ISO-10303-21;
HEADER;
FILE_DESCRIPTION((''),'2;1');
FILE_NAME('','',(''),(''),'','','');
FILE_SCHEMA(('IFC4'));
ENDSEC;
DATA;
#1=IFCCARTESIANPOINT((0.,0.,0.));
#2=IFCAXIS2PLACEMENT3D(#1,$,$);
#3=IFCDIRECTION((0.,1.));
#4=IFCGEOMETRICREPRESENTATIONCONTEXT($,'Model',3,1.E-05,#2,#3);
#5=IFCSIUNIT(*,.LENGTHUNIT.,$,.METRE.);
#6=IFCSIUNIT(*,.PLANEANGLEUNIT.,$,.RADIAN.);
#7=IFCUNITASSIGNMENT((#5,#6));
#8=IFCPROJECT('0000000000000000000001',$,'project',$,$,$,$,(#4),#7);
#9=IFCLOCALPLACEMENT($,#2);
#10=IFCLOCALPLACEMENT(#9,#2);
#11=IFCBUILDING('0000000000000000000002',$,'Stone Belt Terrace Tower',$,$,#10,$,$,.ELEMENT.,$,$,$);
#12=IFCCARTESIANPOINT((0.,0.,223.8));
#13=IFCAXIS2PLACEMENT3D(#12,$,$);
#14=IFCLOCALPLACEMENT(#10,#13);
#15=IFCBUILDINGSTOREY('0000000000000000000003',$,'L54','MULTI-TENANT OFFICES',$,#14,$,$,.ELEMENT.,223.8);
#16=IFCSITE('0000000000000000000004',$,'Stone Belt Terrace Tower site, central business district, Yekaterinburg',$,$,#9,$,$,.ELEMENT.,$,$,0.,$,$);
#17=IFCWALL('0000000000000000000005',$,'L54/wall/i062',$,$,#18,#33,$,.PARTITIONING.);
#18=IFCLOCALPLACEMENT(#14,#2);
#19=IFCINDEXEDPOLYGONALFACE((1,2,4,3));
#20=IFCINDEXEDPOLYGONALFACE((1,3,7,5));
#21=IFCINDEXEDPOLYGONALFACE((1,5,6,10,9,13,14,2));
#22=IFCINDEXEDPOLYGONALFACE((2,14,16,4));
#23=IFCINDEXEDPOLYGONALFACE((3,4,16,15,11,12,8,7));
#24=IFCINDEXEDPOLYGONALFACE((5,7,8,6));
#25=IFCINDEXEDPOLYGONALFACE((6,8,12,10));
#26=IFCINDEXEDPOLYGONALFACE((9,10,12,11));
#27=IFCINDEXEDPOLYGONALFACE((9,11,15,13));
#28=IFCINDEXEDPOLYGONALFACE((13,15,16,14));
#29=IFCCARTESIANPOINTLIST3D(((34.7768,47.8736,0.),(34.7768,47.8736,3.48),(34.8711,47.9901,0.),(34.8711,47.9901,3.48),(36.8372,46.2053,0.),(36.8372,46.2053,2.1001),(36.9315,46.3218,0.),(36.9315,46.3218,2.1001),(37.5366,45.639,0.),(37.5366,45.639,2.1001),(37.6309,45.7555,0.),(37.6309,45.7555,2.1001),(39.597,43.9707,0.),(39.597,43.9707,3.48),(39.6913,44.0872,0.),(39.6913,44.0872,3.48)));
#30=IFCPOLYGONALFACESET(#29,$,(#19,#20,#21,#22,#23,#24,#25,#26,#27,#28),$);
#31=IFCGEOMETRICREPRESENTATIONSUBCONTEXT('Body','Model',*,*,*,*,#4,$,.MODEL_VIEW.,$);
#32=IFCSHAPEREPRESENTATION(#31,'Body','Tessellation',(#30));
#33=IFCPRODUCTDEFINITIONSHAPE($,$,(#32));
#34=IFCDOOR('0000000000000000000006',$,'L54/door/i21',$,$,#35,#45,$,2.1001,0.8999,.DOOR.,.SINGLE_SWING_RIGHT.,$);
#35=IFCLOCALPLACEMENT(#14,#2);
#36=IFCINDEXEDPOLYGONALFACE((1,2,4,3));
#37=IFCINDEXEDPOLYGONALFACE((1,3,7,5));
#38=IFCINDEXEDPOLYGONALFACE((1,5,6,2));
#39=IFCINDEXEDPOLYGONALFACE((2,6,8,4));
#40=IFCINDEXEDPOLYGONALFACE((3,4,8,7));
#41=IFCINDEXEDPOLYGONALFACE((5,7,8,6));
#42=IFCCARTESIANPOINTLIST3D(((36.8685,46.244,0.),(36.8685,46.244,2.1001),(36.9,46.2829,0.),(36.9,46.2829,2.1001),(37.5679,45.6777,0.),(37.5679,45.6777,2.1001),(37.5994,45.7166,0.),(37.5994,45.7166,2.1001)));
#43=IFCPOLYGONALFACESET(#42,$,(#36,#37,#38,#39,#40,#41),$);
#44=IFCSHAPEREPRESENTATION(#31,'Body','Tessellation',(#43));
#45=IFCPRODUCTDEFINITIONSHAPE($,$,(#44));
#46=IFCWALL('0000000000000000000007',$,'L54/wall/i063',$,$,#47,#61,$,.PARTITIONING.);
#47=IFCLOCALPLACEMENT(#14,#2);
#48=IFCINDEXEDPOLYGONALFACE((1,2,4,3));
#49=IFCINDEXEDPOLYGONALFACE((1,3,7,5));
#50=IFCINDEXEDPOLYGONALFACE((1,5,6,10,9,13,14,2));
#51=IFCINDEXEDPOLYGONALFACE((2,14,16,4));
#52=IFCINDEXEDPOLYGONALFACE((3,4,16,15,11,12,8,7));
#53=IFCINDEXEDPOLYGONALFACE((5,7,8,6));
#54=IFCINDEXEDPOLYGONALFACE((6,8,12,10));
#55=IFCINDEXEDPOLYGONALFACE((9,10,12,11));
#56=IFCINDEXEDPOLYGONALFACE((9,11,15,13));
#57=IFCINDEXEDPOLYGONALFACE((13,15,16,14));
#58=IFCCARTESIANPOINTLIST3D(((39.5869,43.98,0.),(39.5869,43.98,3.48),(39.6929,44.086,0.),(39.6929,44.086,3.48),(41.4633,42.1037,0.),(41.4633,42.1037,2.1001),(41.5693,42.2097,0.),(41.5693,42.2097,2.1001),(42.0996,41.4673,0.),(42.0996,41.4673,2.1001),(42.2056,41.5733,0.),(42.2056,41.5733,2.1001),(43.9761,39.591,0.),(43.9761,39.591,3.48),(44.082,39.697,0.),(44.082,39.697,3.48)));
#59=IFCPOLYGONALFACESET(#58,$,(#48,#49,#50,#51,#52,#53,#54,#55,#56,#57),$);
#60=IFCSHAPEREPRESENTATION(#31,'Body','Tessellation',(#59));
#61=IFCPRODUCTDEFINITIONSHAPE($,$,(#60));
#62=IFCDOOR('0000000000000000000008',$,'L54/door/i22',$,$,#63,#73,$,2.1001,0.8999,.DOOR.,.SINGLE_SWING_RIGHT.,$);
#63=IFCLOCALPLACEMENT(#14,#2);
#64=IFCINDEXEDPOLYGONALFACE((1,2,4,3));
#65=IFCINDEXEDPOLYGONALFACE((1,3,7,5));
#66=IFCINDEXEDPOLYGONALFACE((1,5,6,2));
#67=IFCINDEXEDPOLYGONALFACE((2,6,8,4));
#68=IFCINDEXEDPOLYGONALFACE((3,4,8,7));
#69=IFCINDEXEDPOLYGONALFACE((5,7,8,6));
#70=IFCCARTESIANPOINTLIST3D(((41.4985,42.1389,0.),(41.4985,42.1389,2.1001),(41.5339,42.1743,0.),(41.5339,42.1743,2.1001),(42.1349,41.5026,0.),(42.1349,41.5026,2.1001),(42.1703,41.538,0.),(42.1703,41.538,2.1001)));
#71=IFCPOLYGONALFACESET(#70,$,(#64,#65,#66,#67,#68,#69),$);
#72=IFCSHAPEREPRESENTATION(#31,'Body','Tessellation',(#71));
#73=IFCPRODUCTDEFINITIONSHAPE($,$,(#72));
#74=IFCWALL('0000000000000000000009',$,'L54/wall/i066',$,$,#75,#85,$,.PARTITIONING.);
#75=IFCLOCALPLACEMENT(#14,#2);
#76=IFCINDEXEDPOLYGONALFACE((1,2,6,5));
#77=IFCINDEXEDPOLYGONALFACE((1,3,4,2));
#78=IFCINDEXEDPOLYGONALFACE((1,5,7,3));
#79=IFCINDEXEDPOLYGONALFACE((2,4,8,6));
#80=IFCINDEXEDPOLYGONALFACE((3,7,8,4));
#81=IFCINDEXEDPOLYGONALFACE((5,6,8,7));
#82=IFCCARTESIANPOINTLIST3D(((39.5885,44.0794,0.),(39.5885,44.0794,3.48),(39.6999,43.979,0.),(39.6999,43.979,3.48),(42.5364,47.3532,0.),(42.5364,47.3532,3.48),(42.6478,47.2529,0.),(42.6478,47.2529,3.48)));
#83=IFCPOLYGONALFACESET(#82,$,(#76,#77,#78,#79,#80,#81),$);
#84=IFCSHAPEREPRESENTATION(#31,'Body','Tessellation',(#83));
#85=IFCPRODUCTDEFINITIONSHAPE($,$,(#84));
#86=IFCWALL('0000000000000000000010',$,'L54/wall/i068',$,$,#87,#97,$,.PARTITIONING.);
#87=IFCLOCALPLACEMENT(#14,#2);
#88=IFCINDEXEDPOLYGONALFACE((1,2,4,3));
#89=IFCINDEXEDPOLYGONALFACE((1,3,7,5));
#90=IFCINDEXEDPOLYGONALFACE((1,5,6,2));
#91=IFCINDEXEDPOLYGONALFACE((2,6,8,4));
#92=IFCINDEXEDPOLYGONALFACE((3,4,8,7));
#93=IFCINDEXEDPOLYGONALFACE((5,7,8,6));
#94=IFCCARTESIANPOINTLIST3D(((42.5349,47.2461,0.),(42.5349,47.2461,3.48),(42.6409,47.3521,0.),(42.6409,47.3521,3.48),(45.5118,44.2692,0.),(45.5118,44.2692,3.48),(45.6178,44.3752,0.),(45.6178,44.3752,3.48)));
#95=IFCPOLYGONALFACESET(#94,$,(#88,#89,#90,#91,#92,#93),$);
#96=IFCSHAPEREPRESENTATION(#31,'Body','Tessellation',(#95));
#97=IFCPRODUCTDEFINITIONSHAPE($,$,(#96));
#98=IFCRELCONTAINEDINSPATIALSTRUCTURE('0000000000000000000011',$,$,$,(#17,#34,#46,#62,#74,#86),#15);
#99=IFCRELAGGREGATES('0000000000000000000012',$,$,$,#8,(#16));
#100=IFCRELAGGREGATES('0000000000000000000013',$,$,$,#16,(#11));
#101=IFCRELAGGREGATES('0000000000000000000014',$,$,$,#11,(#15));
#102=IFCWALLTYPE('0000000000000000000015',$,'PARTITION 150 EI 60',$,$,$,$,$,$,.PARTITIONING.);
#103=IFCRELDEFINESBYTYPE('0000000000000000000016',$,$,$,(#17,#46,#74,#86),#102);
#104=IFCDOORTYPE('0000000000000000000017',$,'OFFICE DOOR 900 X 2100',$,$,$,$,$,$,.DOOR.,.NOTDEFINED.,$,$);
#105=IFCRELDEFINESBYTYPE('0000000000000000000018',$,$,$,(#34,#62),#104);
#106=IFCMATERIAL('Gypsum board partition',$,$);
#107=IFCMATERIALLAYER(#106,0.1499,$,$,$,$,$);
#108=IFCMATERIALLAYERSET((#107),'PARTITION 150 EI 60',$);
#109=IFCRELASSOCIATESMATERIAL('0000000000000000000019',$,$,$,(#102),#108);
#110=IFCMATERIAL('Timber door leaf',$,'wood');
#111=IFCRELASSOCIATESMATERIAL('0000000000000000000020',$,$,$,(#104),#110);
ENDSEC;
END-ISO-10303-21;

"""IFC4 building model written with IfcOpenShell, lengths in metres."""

from ifc_helpers import new_model, si_unit, direction, frame, frame_2d, origin, place, context, subcontext, project, spatial, rectangle, extrude, material, layer, layer_set, type_object, element, fill, save


model = new_model("IFC4")

# Units and contexts
model_context = context("Model", 3, precision=1e-05, world=origin(), true_north=direction((0.0, 1.0)))
body_context = subcontext(model_context, "Body", "Model", "MODEL_VIEW")
ifc_project = project(units=[si_unit("LENGTHUNIT", "METRE"), si_unit("PLANEANGLEUNIT", "RADIAN")], contexts=[model_context])

# Site, building, storey
site_placement = place(None, origin())
site = spatial("IfcSite", under=ifc_project, at=site_placement, Name="Stone Belt Terrace Tower site, central business district, Yekaterinburg", CompositionType="ELEMENT", RefElevation=0.0)
building_placement = place(site_placement, origin())
building = spatial("IfcBuilding", under=site, at=building_placement, Name="Stone Belt Terrace Tower", CompositionType="ELEMENT")
storey_placement = place(building_placement, frame((0.0, 0.0, 223.8)))
storey = spatial("IfcBuildingStorey", under=building, at=storey_placement, Name="L54", Description="MULTI-TENANT OFFICES", CompositionType="ELEMENT", Elevation=223.8)

# Shared definitions
ifc_material_1 = material(Name="Gypsum board partition")
ifc_layer_1 = layer(ifc_material_1, 0.1499)
ifc_layer_set_1 = layer_set([ifc_layer_1], Name="PARTITION 150 EI 60")
wall_type = type_object("IfcWallType", Name="PARTITION 150 EI 60", PredefinedType="PARTITIONING", material=ifc_layer_set_1)

# Shared definitions
ifc_material_2 = material(Name="Timber door leaf", Category="wood")
door_type_1 = type_object("IfcDoorType", Name="OFFICE DOOR 900 X 2100", OperationType="NOTDEFINED", PredefinedType="DOOR", material=ifc_material_2)

# Walls, openings, doors
wall_1_placement = place(storey_placement, frame((34.824, 47.9319, 0.0), z_axis=(0.0, 0.0, 1.0), x_axis=(0.777176, -0.629283, 0.0)))
wall_1 = element("IfcWall", 1, at=wall_1_placement, inside=storey, type_object=wall_type, Name="L54/wall/i062", PredefinedType="PARTITIONING", context=body_context, shape_type="SweptSolid", body=[
    extrude(rectangle(XDim=6.2021, YDim=0.1499, at=frame_2d((3.1011, 0.0))), origin(), (0.0, 0.0, 1.0), 3.48),
])
opening_1_placement = place(wall_1_placement, frame((2.6511, 0.0, 0.0)))
opening_1 = element("IfcOpeningElement", 2, at=opening_1_placement, cuts=wall_1, PredefinedType="OPENING", context=body_context, shape_type="SweptSolid", body=[
    extrude(rectangle(XDim=0.8999, YDim=2.1001, at=frame_2d((0.45, 1.05))), frame((0.0, 0.085, 0.0), z_axis=(0.0, -1.0, 0.0), x_axis=(1.0, 0.0, 0.0)), (0.0, 0.0, 1.0), 0.1699),
])
door_1_placement = place(opening_1_placement, origin())
door_1 = element("IfcDoor", 3, at=door_1_placement, inside=storey, type_object=door_type_1, Name="L54/door/i21", OperationType="SINGLE_SWING_RIGHT", OverallHeight=2.1001, OverallWidth=0.8999, PredefinedType="DOOR", context=body_context, shape_type="SweptSolid", body=[
    extrude(rectangle(XDim=0.8999, YDim=2.1001, at=frame_2d((0.45, 1.05))), frame((0.0, 0.0249, 0.0), z_axis=(0.0, -1.0, 0.0), x_axis=(1.0, 0.0, 0.0)), (0.0, 0.0, 1.0), 0.05),
])
fill(opening_1, door_1)
wall_2_placement = place(storey_placement, frame((39.6399, 44.033, 0.0), z_axis=(0.0, 0.0, 1.0), x_axis=(0.707126, -0.707087, 0.0)))
wall_2 = element("IfcWall", 4, at=wall_2_placement, inside=storey, type_object=wall_type, Name="L54/wall/i063", PredefinedType="PARTITIONING", context=body_context, shape_type="SweptSolid", body=[
    extrude(rectangle(XDim=6.207, YDim=0.1499, at=frame_2d((3.1035, 0.0))), origin(), (0.0, 0.0, 1.0), 3.48),
])
opening_2_placement = place(wall_2_placement, frame((2.6536, 0.0, 0.0)))
opening_2 = element("IfcOpeningElement", 5, at=opening_2_placement, cuts=wall_2, PredefinedType="OPENING", context=body_context, shape_type="SweptSolid", body=[
    extrude(rectangle(XDim=0.8999, YDim=2.1001, at=frame_2d((0.45, 1.05))), frame((0.0, 0.085, 0.0), z_axis=(0.0, -1.0, 0.0), x_axis=(1.0, 0.0, 0.0)), (0.0, 0.0, 1.0), 0.1699),
])
door_2_placement = place(opening_2_placement, origin())
door_2 = element("IfcDoor", 6, at=door_2_placement, inside=storey, type_object=door_type_1, Name="L54/door/i22", OperationType="SINGLE_SWING_RIGHT", OverallHeight=2.1001, OverallWidth=0.8999, PredefinedType="DOOR", context=body_context, shape_type="SweptSolid", body=[
    extrude(rectangle(XDim=0.8999, YDim=2.1001, at=frame_2d((0.45, 1.05))), frame((0.0, 0.0249, 0.0), z_axis=(0.0, -1.0, 0.0), x_axis=(1.0, 0.0, 0.0)), (0.0, 0.0, 1.0), 0.05),
])
fill(opening_2, door_2)

# Walls
wall_3_placement = place(storey_placement, frame((42.592, 47.303, 0.0), z_axis=(0.0, 0.0, 1.0), x_axis=(-0.669148, -0.743129, 0.0)))
element("IfcWall", 7, at=wall_3_placement, inside=storey, type_object=wall_type, Name="L54/wall/i066", PredefinedType="PARTITIONING", context=body_context, shape_type="SweptSolid", body=[
    extrude(rectangle(XDim=4.4055, YDim=0.1499, at=frame_2d((2.2026, 0.0))), origin(), (0.0, 0.0, 1.0), 3.48),
])
wall_4_placement = place(storey_placement, frame((42.5879, 47.2991, 0.0), z_axis=(0.0, 0.0, 1.0), x_axis=(0.707107, -0.707107, 0.0)))
element("IfcWall", 8, at=wall_4_placement, inside=storey, type_object=wall_type, Name="L54/wall/i068", PredefinedType="PARTITIONING", context=body_context, shape_type="SweptSolid", body=[
    extrude(rectangle(XDim=4.21, YDim=0.1499, at=frame_2d((2.105, 0.0))), origin(), (0.0, 0.0, 1.0), 3.48),
])

save(model, "model.ifc")
